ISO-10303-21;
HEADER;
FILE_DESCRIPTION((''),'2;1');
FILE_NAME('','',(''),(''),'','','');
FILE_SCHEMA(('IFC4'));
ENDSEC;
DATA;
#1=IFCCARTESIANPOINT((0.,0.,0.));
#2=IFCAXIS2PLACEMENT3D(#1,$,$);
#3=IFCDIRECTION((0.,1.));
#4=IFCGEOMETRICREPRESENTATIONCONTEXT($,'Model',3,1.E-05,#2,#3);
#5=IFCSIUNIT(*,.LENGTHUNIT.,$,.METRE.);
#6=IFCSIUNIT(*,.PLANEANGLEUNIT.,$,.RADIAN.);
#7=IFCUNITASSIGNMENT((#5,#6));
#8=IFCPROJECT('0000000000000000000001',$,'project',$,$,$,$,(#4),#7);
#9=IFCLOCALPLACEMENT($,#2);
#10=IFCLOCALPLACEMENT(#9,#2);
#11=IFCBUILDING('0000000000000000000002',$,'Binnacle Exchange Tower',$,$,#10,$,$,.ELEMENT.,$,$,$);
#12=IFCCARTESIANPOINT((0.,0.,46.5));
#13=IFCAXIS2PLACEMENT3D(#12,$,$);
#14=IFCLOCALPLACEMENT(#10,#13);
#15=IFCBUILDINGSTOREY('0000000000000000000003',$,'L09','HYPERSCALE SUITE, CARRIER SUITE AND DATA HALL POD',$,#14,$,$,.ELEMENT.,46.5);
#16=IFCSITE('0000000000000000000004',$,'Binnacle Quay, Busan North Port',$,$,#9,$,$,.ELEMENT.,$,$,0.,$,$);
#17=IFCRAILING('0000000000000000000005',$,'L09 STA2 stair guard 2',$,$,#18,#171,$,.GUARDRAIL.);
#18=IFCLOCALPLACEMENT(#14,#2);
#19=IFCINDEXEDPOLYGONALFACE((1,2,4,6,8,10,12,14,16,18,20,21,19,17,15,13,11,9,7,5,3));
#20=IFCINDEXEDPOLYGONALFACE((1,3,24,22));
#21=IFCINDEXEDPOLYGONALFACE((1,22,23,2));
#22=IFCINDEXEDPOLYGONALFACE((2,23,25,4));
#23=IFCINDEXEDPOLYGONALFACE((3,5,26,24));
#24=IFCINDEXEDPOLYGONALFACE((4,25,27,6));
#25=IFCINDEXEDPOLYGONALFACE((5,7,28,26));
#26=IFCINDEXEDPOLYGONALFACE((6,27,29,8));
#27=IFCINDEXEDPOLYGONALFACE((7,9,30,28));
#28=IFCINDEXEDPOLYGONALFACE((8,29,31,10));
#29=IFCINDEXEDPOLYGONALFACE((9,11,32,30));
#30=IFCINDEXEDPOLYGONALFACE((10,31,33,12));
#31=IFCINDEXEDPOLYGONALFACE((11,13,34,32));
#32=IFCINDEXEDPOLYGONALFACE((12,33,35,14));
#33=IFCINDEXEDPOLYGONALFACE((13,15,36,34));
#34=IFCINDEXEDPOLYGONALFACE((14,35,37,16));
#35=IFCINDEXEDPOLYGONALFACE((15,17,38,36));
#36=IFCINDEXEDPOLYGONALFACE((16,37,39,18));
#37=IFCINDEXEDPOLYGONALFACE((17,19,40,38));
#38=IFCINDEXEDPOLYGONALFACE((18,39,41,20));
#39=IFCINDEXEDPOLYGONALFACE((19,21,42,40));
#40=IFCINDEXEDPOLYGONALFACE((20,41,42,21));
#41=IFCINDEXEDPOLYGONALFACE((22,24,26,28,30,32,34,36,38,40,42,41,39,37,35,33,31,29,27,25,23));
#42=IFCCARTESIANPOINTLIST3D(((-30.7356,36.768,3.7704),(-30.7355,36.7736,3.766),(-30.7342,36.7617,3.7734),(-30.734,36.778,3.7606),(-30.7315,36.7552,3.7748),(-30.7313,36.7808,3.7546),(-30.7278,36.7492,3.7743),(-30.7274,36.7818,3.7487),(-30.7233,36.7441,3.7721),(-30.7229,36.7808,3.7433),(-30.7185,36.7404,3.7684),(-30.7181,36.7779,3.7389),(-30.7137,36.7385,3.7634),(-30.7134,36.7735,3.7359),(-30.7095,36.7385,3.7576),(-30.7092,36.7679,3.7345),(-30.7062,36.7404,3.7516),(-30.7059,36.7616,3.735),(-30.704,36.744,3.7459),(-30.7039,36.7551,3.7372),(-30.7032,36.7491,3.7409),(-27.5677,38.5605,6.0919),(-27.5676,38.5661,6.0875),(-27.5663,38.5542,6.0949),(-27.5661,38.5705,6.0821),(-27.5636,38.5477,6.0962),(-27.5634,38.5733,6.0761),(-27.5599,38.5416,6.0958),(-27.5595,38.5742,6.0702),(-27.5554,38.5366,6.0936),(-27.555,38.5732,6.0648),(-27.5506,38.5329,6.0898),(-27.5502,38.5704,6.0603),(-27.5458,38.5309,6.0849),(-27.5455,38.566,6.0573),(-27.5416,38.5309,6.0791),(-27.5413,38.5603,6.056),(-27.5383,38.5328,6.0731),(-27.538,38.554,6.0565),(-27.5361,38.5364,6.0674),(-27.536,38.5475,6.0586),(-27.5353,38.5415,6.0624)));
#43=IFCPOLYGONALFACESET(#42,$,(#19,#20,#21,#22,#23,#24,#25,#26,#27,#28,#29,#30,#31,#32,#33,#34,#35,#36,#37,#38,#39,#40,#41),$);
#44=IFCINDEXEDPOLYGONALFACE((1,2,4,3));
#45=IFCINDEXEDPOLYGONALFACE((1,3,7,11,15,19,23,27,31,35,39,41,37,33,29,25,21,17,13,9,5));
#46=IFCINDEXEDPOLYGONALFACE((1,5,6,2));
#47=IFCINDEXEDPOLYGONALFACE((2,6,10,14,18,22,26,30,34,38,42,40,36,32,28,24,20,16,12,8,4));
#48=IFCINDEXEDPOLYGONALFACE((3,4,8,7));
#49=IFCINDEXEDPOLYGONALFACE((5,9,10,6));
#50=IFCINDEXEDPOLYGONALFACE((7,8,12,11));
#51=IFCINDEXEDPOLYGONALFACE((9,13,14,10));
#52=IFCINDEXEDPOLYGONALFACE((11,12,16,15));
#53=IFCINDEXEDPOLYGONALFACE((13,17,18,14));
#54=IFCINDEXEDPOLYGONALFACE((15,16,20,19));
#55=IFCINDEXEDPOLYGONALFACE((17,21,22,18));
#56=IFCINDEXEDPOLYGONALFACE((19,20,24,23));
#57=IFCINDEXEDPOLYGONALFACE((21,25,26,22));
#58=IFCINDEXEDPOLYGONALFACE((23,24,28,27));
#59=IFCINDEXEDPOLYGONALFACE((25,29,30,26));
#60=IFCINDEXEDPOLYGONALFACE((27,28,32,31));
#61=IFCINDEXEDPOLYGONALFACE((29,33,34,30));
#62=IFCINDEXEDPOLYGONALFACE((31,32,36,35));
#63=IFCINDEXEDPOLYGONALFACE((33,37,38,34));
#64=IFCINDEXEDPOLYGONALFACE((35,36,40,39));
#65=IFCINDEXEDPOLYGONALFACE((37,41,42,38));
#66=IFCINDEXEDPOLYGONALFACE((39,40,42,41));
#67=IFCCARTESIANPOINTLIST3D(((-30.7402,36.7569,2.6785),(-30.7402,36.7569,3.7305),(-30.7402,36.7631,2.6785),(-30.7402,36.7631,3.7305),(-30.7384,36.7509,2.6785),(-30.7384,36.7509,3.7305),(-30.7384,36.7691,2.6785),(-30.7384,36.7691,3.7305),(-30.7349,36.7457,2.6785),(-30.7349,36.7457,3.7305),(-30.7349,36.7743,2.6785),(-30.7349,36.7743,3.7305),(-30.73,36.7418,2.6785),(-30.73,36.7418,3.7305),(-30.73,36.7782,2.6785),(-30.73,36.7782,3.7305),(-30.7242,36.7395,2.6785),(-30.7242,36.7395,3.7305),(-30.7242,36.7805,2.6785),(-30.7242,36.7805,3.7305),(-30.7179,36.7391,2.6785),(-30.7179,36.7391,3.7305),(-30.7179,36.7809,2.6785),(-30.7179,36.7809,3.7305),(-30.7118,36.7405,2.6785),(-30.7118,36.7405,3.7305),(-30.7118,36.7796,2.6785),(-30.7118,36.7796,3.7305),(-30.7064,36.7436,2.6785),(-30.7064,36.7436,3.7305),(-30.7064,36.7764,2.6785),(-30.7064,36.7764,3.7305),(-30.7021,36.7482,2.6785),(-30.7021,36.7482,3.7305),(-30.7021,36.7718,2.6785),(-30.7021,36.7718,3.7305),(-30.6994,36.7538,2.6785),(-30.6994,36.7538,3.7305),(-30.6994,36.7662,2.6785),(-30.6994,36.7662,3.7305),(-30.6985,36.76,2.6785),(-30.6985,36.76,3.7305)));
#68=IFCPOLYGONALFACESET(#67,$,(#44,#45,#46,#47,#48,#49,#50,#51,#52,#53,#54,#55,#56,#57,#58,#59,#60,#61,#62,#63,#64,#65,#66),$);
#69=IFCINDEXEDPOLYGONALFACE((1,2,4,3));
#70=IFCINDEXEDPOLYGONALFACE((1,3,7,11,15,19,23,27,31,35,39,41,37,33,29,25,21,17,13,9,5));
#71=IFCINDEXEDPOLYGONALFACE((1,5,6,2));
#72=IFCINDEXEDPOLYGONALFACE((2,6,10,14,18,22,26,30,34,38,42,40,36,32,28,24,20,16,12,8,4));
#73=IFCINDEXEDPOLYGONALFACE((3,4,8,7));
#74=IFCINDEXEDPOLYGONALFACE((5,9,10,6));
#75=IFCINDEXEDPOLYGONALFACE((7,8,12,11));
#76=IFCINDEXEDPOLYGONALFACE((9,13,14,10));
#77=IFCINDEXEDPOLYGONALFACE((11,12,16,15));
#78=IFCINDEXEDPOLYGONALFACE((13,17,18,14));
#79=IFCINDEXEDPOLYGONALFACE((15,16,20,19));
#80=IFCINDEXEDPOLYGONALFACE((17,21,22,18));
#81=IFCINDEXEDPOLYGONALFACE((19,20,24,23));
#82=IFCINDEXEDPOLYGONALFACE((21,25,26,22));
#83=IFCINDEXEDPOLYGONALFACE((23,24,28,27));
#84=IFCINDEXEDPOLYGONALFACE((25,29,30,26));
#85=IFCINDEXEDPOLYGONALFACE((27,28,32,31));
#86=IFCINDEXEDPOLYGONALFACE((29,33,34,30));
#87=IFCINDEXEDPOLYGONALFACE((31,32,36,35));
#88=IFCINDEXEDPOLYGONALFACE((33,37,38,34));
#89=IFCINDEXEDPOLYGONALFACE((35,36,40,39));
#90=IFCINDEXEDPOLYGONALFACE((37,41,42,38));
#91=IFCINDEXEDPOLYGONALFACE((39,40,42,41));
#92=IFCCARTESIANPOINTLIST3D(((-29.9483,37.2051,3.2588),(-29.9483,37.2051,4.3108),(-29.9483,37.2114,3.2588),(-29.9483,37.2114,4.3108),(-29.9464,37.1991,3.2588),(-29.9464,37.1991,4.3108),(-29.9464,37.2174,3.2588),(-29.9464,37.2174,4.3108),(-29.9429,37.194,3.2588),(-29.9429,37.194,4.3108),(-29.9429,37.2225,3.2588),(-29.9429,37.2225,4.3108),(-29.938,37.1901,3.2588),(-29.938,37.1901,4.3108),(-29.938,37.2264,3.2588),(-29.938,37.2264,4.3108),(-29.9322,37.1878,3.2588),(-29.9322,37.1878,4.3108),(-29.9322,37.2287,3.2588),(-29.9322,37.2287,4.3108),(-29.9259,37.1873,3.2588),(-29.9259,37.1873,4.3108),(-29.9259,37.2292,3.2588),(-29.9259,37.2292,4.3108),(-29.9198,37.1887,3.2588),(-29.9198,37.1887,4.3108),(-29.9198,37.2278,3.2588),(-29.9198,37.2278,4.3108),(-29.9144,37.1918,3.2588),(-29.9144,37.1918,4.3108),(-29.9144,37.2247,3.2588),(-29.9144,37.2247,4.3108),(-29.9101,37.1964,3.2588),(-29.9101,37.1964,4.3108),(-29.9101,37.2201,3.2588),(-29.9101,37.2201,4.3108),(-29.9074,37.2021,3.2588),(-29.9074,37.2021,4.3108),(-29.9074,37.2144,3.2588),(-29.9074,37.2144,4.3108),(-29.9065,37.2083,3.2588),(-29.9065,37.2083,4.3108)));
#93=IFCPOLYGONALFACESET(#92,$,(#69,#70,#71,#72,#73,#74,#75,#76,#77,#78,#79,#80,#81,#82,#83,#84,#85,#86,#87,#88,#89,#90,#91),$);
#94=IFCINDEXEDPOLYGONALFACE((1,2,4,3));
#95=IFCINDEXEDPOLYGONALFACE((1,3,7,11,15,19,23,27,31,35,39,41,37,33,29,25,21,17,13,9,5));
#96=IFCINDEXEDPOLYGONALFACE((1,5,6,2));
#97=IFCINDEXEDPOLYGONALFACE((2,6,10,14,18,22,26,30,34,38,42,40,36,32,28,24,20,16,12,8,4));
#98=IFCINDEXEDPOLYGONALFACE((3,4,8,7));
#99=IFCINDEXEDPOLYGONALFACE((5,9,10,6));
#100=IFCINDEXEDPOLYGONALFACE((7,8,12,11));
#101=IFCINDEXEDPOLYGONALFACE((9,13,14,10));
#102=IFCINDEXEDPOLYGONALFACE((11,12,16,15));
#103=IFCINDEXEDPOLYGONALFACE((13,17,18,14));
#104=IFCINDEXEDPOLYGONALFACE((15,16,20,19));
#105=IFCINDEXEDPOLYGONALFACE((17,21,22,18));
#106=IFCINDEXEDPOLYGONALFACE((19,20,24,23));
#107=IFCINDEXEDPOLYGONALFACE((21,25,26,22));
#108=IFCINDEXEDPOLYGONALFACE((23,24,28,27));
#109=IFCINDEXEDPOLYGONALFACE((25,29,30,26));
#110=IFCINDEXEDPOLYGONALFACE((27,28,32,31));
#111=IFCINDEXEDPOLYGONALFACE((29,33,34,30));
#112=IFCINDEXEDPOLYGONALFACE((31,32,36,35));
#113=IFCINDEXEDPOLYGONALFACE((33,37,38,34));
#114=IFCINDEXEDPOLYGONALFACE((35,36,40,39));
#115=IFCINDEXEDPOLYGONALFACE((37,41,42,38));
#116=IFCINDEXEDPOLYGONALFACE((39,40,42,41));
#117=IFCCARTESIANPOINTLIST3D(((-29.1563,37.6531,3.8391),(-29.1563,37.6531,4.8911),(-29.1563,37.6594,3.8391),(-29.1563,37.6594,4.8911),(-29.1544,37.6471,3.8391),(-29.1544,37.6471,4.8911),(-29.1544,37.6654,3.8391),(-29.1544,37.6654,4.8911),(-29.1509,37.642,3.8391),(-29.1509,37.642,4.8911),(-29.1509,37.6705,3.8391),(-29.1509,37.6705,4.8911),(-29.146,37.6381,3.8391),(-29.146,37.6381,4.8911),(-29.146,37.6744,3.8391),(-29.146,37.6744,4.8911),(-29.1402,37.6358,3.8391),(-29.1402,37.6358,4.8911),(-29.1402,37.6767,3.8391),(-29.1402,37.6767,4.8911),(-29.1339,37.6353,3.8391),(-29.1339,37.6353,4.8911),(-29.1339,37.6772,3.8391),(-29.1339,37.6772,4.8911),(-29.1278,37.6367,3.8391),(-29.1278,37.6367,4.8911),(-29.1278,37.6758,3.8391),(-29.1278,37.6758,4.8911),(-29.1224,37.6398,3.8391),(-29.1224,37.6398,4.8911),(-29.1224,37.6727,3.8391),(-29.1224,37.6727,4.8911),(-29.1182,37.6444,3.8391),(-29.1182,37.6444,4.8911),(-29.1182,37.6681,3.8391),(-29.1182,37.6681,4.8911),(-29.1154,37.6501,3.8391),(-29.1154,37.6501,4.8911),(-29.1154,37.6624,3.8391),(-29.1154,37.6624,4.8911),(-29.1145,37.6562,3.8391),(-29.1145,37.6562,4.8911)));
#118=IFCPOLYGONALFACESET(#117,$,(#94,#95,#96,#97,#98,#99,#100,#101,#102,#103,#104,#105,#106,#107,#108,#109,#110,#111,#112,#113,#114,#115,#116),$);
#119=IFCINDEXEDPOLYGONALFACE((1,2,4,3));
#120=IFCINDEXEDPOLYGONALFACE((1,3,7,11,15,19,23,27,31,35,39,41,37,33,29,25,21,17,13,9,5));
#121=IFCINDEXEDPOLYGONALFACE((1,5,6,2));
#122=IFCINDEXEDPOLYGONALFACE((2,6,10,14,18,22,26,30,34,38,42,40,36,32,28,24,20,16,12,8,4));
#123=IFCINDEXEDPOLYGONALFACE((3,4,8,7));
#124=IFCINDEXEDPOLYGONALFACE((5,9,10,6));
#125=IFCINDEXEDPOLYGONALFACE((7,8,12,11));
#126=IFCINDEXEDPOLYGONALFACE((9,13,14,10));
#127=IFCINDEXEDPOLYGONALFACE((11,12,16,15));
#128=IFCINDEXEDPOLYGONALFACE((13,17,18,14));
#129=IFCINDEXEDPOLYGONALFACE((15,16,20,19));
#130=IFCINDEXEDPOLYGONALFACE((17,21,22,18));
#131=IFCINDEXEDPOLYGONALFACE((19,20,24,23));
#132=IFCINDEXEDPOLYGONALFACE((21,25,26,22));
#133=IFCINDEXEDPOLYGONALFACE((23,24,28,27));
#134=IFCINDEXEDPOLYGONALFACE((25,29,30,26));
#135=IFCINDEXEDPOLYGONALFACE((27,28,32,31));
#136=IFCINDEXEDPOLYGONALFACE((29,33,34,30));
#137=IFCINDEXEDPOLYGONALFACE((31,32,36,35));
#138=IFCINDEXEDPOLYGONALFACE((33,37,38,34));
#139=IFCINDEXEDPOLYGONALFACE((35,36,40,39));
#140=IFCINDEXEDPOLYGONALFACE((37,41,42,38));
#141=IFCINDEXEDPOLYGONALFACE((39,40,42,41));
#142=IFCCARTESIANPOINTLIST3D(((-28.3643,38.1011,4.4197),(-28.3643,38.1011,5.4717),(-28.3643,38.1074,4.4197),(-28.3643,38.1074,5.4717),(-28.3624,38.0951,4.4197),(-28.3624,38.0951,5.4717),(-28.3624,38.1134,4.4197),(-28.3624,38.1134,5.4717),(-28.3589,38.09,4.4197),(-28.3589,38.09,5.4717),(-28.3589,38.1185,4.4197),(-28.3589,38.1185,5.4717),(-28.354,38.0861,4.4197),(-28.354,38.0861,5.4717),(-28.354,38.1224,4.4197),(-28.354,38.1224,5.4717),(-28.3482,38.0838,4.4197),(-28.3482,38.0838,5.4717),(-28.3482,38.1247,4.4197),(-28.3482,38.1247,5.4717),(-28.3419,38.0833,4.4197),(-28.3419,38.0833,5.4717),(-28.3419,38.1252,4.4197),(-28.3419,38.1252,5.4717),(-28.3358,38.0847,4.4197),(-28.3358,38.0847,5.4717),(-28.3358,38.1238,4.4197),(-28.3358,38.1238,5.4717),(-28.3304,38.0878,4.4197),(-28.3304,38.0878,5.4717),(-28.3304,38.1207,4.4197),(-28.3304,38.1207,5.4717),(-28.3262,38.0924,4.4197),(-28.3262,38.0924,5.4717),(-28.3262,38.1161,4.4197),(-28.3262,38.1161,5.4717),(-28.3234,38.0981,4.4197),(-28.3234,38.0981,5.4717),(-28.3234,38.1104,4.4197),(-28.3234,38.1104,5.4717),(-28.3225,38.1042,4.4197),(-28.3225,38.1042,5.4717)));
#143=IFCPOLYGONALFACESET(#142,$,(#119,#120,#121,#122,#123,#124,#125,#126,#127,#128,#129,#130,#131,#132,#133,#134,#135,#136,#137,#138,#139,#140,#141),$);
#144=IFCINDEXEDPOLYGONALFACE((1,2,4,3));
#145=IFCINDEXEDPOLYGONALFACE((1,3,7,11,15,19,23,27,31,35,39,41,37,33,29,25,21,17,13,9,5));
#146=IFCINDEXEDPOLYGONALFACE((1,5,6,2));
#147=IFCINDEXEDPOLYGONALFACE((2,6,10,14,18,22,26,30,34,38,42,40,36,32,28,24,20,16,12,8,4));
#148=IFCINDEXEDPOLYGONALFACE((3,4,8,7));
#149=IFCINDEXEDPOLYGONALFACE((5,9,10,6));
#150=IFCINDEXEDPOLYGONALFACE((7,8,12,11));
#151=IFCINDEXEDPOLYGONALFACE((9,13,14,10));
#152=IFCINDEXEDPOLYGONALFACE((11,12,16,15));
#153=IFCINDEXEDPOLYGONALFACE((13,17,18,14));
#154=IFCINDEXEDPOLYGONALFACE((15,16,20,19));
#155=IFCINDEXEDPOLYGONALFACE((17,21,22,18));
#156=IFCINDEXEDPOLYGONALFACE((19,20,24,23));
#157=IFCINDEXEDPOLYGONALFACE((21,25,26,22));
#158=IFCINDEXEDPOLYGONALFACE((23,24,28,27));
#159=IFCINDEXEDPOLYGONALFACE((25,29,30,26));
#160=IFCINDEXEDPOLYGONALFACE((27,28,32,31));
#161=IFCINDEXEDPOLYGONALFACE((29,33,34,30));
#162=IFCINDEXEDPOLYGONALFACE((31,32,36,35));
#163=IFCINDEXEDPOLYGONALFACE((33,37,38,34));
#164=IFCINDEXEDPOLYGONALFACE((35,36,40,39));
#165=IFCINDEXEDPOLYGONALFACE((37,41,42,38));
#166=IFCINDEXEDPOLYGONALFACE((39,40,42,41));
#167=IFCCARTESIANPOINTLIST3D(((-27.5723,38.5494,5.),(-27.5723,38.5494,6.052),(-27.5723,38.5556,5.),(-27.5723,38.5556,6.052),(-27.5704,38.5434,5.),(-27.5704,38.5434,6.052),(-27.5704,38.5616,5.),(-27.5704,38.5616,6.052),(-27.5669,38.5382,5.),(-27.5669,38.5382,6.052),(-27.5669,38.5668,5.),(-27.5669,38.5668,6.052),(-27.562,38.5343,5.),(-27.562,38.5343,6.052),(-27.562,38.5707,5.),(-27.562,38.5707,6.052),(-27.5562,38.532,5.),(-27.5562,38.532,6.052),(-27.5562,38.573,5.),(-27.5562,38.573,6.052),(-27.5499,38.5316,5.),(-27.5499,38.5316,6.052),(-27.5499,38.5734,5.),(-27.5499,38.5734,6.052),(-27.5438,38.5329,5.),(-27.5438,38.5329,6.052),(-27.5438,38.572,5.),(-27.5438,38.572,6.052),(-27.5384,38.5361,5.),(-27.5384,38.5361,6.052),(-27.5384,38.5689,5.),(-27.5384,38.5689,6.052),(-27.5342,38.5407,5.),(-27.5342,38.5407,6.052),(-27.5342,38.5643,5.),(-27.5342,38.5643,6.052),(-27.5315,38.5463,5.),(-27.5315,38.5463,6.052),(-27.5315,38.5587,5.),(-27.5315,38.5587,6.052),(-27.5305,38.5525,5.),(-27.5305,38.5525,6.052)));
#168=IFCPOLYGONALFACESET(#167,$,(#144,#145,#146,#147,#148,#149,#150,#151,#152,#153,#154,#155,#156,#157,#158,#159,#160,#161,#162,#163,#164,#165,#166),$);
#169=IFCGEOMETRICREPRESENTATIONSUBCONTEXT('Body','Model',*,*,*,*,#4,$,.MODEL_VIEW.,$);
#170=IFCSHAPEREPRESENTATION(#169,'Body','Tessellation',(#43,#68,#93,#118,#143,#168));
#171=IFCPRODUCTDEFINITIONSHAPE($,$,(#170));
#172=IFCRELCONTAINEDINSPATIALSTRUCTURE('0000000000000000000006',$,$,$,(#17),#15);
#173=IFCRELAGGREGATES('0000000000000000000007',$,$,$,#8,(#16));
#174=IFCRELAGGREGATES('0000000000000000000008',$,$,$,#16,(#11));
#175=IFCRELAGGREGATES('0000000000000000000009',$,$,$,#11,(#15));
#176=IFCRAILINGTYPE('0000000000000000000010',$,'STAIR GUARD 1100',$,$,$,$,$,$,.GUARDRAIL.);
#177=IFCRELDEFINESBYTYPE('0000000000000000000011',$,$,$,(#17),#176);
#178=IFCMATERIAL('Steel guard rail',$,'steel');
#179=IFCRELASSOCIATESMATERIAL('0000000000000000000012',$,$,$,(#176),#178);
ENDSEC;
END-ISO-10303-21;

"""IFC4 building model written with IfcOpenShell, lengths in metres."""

from ifc_helpers import new_model, si_unit, direction, frame, origin, origin_2d, place, context, subcontext, project, spatial, circle, extrude, material, type_object, element, save


model = new_model("IFC4")

# Units and contexts
model_context = context("Model", 3, precision=1e-05, world=origin(), true_north=direction((0.0, 1.0)))
body_context = subcontext(model_context, "Body", "Model", "MODEL_VIEW")
ifc_project = project(units=[si_unit("LENGTHUNIT", "METRE"), si_unit("PLANEANGLEUNIT", "RADIAN")], contexts=[model_context])

# Site, building, storey
site_placement = place(None, origin())
site = spatial("IfcSite", under=ifc_project, at=site_placement, Name="Binnacle Quay, Busan North Port", CompositionType="ELEMENT", RefElevation=0.0)
building_placement = place(site_placement, origin())
building = spatial("IfcBuilding", under=site, at=building_placement, Name="Binnacle Exchange Tower", CompositionType="ELEMENT")
storey_placement = place(building_placement, frame((0.0, 0.0, 46.5)))
storey = spatial("IfcBuildingStorey", under=building, at=storey_placement, Name="L09", Description="HYPERSCALE SUITE, CARRIER SUITE AND DATA HALL POD", CompositionType="ELEMENT", Elevation=46.5)

# Railing
ifc_material_1 = material(Name="Steel guard rail", Category="steel")
railing_type_1 = type_object("IfcRailingType", Name="STAIR GUARD 1100", PredefinedType="GUARDRAIL", material=ifc_material_1)
railing_1_placement = place(storey_placement, frame((-30.7195, 36.76, 2.6785)))
element("IfcRailing", 1, at=railing_1_placement, inside=storey, type_object=railing_type_1, Name="L09 STA2 stair guard 2", PredefinedType="GUARDRAIL", context=body_context, shape_type="SweptSolid", body=[
    extrude(circle(Radius=0.0239, at=origin_2d()), frame((0.0, 0.0, 1.0762), z_axis=(0.733796, 0.415192, 0.537736), x_axis=(-0.492451, 0.87034, 0.0)), (0.0, 0.0, 1.0), 4.3171),
    extrude(circle(Radius=0.021, at=origin_2d()), origin(), (0.0, 0.0, 1.0), 1.052),
    extrude(circle(Radius=0.021, at=origin_2d()), frame((0.792, 0.4482, 0.5803)), (0.0, 0.0, 1.0), 1.052),
    extrude(circle(Radius=0.021, at=origin_2d()), frame((1.584, 0.8962, 1.1606)), (0.0, 0.0, 1.0), 1.052),
    extrude(circle(Radius=0.021, at=origin_2d()), frame((2.376, 1.3442, 1.7412)), (0.0, 0.0, 1.0), 1.052),
    extrude(circle(Radius=0.021, at=origin_2d()), frame((3.168, 1.7925, 2.3215)), (0.0, 0.0, 1.0), 1.052),
])

save(model, "model.ifc")
